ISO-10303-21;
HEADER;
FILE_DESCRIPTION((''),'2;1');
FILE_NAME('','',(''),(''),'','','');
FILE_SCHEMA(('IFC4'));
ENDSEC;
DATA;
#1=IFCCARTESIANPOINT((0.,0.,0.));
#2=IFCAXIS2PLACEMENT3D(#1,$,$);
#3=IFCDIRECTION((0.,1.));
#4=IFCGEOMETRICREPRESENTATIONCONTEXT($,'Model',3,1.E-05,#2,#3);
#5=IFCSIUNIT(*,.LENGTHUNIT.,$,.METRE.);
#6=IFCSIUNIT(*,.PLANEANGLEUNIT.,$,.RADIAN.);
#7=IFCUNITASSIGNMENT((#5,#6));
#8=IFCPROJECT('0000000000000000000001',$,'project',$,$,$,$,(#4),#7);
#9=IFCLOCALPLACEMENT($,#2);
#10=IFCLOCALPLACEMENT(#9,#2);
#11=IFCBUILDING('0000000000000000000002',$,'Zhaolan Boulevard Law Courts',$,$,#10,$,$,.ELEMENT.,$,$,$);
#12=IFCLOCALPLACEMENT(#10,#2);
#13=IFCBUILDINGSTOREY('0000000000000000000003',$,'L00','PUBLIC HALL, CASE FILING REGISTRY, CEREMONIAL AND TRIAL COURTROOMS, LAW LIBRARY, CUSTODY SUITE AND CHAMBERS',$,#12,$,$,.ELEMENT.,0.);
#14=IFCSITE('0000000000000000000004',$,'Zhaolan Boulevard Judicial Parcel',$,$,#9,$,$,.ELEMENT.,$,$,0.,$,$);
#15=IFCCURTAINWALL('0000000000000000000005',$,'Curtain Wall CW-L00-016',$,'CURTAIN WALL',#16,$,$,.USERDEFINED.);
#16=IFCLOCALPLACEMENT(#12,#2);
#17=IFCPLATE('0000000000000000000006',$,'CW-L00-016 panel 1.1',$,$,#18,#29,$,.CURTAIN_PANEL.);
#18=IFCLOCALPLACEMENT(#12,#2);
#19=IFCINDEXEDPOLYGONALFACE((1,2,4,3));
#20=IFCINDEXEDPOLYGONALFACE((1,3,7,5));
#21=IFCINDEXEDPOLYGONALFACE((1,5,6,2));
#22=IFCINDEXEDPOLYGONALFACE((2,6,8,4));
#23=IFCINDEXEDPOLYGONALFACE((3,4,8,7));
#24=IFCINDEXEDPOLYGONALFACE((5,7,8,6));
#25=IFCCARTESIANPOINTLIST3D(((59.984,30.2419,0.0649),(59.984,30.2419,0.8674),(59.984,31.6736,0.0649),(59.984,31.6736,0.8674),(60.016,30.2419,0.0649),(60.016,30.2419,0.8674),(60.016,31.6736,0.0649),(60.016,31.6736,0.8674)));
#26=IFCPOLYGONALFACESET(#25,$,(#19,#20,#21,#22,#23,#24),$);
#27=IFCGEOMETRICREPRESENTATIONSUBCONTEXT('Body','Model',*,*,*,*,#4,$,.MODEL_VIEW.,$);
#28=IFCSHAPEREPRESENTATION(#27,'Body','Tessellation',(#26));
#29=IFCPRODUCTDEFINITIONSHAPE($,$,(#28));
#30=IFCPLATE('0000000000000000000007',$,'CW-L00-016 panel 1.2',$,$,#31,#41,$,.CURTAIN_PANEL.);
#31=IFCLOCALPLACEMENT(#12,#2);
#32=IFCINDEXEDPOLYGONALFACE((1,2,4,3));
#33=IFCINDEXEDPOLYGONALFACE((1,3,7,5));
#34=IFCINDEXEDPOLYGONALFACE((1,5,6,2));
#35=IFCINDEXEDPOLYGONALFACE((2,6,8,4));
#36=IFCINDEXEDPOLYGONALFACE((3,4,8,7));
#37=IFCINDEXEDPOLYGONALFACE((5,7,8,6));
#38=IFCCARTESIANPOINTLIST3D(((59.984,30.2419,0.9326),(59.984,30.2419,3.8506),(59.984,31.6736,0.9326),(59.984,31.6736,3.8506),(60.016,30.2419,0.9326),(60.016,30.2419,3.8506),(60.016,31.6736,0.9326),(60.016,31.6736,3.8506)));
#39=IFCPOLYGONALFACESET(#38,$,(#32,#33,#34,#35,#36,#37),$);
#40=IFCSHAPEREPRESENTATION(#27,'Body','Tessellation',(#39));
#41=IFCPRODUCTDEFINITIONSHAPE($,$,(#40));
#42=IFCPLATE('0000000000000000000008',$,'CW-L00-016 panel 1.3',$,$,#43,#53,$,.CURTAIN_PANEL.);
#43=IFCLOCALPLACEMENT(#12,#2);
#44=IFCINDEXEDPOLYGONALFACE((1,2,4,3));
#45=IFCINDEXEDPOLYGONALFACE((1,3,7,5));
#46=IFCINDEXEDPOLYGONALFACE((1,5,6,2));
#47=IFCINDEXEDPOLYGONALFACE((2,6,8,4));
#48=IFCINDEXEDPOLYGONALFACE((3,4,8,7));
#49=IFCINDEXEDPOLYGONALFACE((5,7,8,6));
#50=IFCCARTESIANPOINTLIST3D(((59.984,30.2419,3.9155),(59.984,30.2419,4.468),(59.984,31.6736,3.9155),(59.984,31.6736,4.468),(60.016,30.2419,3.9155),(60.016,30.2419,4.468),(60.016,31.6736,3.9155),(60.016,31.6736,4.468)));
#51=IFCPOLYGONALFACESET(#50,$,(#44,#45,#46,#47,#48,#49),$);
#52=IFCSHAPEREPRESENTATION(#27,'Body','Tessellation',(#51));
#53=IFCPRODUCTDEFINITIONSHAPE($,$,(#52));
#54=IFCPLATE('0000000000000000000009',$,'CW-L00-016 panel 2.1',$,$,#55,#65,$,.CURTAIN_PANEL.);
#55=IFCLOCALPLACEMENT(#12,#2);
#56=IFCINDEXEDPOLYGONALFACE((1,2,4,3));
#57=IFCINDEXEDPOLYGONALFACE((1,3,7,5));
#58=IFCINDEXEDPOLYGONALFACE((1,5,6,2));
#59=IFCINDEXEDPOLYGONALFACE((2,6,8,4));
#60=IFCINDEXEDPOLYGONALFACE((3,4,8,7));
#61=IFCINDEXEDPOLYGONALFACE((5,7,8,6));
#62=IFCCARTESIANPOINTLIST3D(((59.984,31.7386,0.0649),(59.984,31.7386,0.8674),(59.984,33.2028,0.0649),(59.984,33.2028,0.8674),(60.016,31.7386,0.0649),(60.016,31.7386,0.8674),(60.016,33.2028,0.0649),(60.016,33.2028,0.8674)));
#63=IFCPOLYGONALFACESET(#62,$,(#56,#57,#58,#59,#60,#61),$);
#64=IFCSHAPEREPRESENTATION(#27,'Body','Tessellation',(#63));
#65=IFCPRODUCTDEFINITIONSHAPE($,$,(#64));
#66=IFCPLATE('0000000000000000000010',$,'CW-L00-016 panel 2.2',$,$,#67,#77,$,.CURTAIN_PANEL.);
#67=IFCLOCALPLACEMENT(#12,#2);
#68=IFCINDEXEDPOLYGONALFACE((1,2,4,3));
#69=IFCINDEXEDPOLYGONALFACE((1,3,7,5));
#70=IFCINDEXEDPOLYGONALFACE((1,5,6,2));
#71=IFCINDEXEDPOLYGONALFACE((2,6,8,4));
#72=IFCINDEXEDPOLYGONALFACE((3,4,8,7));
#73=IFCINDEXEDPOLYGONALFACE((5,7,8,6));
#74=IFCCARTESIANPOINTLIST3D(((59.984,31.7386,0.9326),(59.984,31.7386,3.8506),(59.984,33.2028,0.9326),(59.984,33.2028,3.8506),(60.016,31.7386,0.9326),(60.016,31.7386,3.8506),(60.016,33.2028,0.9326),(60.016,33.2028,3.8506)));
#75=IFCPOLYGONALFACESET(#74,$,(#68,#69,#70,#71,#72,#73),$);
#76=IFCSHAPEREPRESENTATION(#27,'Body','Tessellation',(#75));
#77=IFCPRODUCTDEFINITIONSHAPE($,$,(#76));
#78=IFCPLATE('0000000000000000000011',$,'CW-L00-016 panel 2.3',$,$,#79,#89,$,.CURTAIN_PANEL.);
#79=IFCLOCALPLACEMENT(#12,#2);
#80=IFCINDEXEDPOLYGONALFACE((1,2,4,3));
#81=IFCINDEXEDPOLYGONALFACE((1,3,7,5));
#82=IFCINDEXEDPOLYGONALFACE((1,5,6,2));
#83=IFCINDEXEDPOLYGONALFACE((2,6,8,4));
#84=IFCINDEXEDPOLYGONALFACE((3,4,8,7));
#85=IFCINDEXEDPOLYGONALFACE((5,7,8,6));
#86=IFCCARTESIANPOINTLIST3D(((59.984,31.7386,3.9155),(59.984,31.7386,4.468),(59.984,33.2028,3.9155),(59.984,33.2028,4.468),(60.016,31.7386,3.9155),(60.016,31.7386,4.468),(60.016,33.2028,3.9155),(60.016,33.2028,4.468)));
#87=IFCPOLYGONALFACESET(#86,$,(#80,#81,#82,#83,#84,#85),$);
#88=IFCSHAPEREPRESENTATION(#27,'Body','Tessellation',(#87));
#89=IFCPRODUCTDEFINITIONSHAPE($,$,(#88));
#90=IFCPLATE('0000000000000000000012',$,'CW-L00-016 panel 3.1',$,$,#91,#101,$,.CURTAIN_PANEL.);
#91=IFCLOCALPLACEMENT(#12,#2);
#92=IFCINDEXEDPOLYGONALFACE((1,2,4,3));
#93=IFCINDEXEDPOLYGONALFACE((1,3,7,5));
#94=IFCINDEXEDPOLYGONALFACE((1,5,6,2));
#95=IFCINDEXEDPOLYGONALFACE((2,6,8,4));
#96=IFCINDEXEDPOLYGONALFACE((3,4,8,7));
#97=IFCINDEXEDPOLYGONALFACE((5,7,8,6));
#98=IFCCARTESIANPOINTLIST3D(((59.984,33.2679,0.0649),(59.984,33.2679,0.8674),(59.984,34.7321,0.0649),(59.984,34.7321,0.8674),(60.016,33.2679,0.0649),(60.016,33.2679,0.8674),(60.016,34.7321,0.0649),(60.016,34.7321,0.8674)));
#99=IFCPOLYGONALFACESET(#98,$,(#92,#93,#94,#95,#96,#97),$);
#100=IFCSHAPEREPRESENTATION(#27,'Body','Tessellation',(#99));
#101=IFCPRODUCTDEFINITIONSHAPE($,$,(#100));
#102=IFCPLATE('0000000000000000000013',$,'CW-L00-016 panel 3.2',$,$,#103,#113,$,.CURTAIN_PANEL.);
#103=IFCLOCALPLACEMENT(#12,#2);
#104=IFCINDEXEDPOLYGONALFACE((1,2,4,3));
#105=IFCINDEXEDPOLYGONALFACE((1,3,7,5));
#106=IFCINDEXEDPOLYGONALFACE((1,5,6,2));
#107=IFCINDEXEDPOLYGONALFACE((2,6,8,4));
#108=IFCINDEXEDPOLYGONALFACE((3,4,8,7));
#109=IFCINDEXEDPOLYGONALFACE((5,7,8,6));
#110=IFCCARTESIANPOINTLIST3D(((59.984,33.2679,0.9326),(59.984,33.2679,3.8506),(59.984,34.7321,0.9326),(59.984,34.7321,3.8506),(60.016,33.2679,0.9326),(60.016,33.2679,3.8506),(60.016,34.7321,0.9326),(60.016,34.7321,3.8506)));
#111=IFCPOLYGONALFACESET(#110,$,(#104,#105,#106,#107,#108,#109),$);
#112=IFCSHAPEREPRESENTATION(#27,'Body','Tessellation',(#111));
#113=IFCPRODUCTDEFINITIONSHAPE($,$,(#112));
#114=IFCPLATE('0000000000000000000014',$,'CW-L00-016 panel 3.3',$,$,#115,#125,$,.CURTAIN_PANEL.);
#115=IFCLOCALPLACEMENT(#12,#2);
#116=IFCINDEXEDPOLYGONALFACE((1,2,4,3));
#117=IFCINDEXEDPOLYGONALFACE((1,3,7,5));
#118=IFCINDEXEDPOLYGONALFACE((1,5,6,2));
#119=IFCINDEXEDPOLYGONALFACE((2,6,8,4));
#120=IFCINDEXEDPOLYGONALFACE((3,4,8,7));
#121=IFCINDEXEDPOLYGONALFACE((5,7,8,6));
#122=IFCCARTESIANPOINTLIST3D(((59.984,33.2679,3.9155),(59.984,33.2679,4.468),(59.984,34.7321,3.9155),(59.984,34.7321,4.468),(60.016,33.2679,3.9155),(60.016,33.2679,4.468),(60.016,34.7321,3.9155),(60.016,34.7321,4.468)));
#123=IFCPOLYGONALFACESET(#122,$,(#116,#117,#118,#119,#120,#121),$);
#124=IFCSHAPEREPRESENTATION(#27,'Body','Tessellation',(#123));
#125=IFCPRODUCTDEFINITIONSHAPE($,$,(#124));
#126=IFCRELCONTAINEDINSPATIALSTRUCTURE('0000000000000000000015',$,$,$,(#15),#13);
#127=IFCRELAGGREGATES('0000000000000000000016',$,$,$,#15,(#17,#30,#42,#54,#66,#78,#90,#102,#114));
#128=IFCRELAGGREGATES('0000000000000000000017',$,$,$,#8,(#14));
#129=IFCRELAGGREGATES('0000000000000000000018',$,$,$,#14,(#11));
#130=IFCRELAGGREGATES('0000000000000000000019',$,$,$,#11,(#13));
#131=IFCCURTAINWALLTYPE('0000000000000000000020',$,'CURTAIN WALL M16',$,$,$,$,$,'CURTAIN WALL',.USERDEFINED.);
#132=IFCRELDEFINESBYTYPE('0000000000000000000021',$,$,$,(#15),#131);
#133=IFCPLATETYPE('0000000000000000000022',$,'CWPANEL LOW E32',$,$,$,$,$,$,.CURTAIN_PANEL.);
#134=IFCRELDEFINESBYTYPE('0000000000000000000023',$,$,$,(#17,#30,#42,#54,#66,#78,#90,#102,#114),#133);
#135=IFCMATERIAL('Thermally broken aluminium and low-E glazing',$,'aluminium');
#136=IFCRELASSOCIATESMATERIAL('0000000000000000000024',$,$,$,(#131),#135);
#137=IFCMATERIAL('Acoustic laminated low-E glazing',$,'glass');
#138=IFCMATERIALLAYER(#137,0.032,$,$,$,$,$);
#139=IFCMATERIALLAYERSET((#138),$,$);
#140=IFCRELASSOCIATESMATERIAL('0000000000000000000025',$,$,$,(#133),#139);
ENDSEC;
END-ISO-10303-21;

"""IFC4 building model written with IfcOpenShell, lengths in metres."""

from ifc_helpers import new_model, si_unit, direction, frame, origin, origin_2d, place, context, subcontext, project, spatial, rectangle, extrude, material, layer, layer_set, type_object, element, aggregate, save


model = new_model("IFC4")

# Units and contexts
model_context = context("Model", 3, precision=1e-05, world=origin(), true_north=direction((0.0, 1.0)))
body_context = subcontext(model_context, "Body", "Model", "MODEL_VIEW")
ifc_project = project(units=[si_unit("LENGTHUNIT", "METRE"), si_unit("PLANEANGLEUNIT", "RADIAN")], contexts=[model_context])

# Site, building, storey
site_placement = place(None, origin())
site = spatial("IfcSite", under=ifc_project, at=site_placement, Name="Zhaolan Boulevard Judicial Parcel", CompositionType="ELEMENT", RefElevation=0.0)
building_placement = place(site_placement, origin())
building = spatial("IfcBuilding", under=site, at=building_placement, Name="Zhaolan Boulevard Law Courts", CompositionType="ELEMENT")
storey_placement = place(building_placement, origin())
storey = spatial("IfcBuildingStorey", under=building, at=storey_placement, Name="L00", Description="PUBLIC HALL, CASE FILING REGISTRY, CEREMONIAL AND TRIAL COURTROOMS, LAW LIBRARY, CUSTODY SUITE AND CHAMBERS", CompositionType="ELEMENT", Elevation=0.0)

# Curtain wall, plates
ifc_material_1 = material(Name="Thermally broken aluminium and low-E glazing", Category="aluminium")
curtain_wall_type = type_object("IfcCurtainWallType", Name="CURTAIN WALL M16", ElementType="CURTAIN WALL", PredefinedType="USERDEFINED", material=ifc_material_1)
curtain_wall_placement = place(storey_placement, origin())
curtain_wall = element("IfcCurtainWall", 1, at=curtain_wall_placement, inside=storey, type_object=curtain_wall_type, Name="Curtain Wall CW-L00-016", ObjectType="CURTAIN WALL", PredefinedType="USERDEFINED")
ifc_material_2 = material(Name="Acoustic laminated low-E glazing", Category="glass")
ifc_layer = layer(ifc_material_2, 0.032)
ifc_layer_set = layer_set([ifc_layer])
plate_type = type_object("IfcPlateType", Name="CWPANEL LOW E32", PredefinedType="CURTAIN_PANEL", material=ifc_layer_set)
plate_1_placement = place(storey_placement, frame((60.0, 30.9578, 0.0649), z_axis=(0.0, 0.0, 1.0), x_axis=(0.0, 1.0, 0.0)))
plate_1 = element("IfcPlate", 2, at=plate_1_placement, type_object=plate_type, Name="CW-L00-016 panel 1.1", PredefinedType="CURTAIN_PANEL", context=body_context, shape_type="SweptSolid", body=[
    extrude(rectangle(XDim=1.4316, YDim=0.032, at=origin_2d()), origin(), (0.0, 0.0, 1.0), 0.8025),
])
plate_2_placement = place(storey_placement, frame((60.0, 30.9578, 0.9326), z_axis=(0.0, 0.0, 1.0), x_axis=(0.0, 1.0, 0.0)))
plate_2 = element("IfcPlate", 3, at=plate_2_placement, type_object=plate_type, Name="CW-L00-016 panel 1.2", PredefinedType="CURTAIN_PANEL", context=body_context, shape_type="SweptSolid", body=[
    extrude(rectangle(XDim=1.4316, YDim=0.032, at=origin_2d()), origin(), (0.0, 0.0, 1.0), 2.918),
])
plate_3_placement = place(storey_placement, frame((60.0, 30.9578, 3.9155), z_axis=(0.0, 0.0, 1.0), x_axis=(0.0, 1.0, 0.0)))
plate_3 = element("IfcPlate", 4, at=plate_3_placement, type_object=plate_type, Name="CW-L00-016 panel 1.3", PredefinedType="CURTAIN_PANEL", context=body_context, shape_type="SweptSolid", body=[
    extrude(rectangle(XDim=1.4316, YDim=0.032, at=origin_2d()), origin(), (0.0, 0.0, 1.0), 0.5525),
])
plate_4_placement = place(storey_placement, frame((60.0, 32.4707, 0.0649), z_axis=(0.0, 0.0, 1.0), x_axis=(0.0, 1.0, 0.0)))
plate_4 = element("IfcPlate", 5, at=plate_4_placement, type_object=plate_type, Name="CW-L00-016 panel 2.1", PredefinedType="CURTAIN_PANEL", context=body_context, shape_type="SweptSolid", body=[
    extrude(rectangle(XDim=1.4641, YDim=0.032, at=origin_2d()), origin(), (0.0, 0.0, 1.0), 0.8025),
])
plate_5_placement = place(storey_placement, frame((60.0, 32.4707, 0.9326), z_axis=(0.0, 0.0, 1.0), x_axis=(0.0, 1.0, 0.0)))
plate_5 = element("IfcPlate", 6, at=plate_5_placement, type_object=plate_type, Name="CW-L00-016 panel 2.2", PredefinedType="CURTAIN_PANEL", context=body_context, shape_type="SweptSolid", body=[
    extrude(rectangle(XDim=1.4641, YDim=0.032, at=origin_2d()), origin(), (0.0, 0.0, 1.0), 2.918),
])
plate_6_placement = place(storey_placement, frame((60.0, 32.4707, 3.9155), z_axis=(0.0, 0.0, 1.0), x_axis=(0.0, 1.0, 0.0)))
plate_6 = element("IfcPlate", 7, at=plate_6_placement, type_object=plate_type, Name="CW-L00-016 panel 2.3", PredefinedType="CURTAIN_PANEL", context=body_context, shape_type="SweptSolid", body=[
    extrude(rectangle(XDim=1.4641, YDim=0.032, at=origin_2d()), origin(), (0.0, 0.0, 1.0), 0.5525),
])
plate_7_placement = place(storey_placement, frame((60.0, 34.0, 0.0649), z_axis=(0.0, 0.0, 1.0), x_axis=(0.0, 1.0, 0.0)))
plate_7 = element("IfcPlate", 8, at=plate_7_placement, type_object=plate_type, Name="CW-L00-016 panel 3.1", PredefinedType="CURTAIN_PANEL", context=body_context, shape_type="SweptSolid", body=[
    extrude(rectangle(XDim=1.4641, YDim=0.032, at=origin_2d()), origin(), (0.0, 0.0, 1.0), 0.8025),
])
plate_8_placement = place(storey_placement, frame((60.0, 34.0, 0.9326), z_axis=(0.0, 0.0, 1.0), x_axis=(0.0, 1.0, 0.0)))
plate_8 = element("IfcPlate", 9, at=plate_8_placement, type_object=plate_type, Name="CW-L00-016 panel 3.2", PredefinedType="CURTAIN_PANEL", context=body_context, shape_type="SweptSolid", body=[
    extrude(rectangle(XDim=1.4641, YDim=0.032, at=origin_2d()), origin(), (0.0, 0.0, 1.0), 2.918),
])
plate_9_placement = place(storey_placement, frame((60.0, 34.0, 3.9155), z_axis=(0.0, 0.0, 1.0), x_axis=(0.0, 1.0, 0.0)))
plate_9 = element("IfcPlate", 10, at=plate_9_placement, type_object=plate_type, Name="CW-L00-016 panel 3.3", PredefinedType="CURTAIN_PANEL", context=body_context, shape_type="SweptSolid", body=[
    extrude(rectangle(XDim=1.4641, YDim=0.032, at=origin_2d()), origin(), (0.0, 0.0, 1.0), 0.5525),
])
aggregate(curtain_wall, [plate_1, plate_2, plate_3, plate_4, plate_5, plate_6, plate_7, plate_8, plate_9])

save(model, "model.ifc")
